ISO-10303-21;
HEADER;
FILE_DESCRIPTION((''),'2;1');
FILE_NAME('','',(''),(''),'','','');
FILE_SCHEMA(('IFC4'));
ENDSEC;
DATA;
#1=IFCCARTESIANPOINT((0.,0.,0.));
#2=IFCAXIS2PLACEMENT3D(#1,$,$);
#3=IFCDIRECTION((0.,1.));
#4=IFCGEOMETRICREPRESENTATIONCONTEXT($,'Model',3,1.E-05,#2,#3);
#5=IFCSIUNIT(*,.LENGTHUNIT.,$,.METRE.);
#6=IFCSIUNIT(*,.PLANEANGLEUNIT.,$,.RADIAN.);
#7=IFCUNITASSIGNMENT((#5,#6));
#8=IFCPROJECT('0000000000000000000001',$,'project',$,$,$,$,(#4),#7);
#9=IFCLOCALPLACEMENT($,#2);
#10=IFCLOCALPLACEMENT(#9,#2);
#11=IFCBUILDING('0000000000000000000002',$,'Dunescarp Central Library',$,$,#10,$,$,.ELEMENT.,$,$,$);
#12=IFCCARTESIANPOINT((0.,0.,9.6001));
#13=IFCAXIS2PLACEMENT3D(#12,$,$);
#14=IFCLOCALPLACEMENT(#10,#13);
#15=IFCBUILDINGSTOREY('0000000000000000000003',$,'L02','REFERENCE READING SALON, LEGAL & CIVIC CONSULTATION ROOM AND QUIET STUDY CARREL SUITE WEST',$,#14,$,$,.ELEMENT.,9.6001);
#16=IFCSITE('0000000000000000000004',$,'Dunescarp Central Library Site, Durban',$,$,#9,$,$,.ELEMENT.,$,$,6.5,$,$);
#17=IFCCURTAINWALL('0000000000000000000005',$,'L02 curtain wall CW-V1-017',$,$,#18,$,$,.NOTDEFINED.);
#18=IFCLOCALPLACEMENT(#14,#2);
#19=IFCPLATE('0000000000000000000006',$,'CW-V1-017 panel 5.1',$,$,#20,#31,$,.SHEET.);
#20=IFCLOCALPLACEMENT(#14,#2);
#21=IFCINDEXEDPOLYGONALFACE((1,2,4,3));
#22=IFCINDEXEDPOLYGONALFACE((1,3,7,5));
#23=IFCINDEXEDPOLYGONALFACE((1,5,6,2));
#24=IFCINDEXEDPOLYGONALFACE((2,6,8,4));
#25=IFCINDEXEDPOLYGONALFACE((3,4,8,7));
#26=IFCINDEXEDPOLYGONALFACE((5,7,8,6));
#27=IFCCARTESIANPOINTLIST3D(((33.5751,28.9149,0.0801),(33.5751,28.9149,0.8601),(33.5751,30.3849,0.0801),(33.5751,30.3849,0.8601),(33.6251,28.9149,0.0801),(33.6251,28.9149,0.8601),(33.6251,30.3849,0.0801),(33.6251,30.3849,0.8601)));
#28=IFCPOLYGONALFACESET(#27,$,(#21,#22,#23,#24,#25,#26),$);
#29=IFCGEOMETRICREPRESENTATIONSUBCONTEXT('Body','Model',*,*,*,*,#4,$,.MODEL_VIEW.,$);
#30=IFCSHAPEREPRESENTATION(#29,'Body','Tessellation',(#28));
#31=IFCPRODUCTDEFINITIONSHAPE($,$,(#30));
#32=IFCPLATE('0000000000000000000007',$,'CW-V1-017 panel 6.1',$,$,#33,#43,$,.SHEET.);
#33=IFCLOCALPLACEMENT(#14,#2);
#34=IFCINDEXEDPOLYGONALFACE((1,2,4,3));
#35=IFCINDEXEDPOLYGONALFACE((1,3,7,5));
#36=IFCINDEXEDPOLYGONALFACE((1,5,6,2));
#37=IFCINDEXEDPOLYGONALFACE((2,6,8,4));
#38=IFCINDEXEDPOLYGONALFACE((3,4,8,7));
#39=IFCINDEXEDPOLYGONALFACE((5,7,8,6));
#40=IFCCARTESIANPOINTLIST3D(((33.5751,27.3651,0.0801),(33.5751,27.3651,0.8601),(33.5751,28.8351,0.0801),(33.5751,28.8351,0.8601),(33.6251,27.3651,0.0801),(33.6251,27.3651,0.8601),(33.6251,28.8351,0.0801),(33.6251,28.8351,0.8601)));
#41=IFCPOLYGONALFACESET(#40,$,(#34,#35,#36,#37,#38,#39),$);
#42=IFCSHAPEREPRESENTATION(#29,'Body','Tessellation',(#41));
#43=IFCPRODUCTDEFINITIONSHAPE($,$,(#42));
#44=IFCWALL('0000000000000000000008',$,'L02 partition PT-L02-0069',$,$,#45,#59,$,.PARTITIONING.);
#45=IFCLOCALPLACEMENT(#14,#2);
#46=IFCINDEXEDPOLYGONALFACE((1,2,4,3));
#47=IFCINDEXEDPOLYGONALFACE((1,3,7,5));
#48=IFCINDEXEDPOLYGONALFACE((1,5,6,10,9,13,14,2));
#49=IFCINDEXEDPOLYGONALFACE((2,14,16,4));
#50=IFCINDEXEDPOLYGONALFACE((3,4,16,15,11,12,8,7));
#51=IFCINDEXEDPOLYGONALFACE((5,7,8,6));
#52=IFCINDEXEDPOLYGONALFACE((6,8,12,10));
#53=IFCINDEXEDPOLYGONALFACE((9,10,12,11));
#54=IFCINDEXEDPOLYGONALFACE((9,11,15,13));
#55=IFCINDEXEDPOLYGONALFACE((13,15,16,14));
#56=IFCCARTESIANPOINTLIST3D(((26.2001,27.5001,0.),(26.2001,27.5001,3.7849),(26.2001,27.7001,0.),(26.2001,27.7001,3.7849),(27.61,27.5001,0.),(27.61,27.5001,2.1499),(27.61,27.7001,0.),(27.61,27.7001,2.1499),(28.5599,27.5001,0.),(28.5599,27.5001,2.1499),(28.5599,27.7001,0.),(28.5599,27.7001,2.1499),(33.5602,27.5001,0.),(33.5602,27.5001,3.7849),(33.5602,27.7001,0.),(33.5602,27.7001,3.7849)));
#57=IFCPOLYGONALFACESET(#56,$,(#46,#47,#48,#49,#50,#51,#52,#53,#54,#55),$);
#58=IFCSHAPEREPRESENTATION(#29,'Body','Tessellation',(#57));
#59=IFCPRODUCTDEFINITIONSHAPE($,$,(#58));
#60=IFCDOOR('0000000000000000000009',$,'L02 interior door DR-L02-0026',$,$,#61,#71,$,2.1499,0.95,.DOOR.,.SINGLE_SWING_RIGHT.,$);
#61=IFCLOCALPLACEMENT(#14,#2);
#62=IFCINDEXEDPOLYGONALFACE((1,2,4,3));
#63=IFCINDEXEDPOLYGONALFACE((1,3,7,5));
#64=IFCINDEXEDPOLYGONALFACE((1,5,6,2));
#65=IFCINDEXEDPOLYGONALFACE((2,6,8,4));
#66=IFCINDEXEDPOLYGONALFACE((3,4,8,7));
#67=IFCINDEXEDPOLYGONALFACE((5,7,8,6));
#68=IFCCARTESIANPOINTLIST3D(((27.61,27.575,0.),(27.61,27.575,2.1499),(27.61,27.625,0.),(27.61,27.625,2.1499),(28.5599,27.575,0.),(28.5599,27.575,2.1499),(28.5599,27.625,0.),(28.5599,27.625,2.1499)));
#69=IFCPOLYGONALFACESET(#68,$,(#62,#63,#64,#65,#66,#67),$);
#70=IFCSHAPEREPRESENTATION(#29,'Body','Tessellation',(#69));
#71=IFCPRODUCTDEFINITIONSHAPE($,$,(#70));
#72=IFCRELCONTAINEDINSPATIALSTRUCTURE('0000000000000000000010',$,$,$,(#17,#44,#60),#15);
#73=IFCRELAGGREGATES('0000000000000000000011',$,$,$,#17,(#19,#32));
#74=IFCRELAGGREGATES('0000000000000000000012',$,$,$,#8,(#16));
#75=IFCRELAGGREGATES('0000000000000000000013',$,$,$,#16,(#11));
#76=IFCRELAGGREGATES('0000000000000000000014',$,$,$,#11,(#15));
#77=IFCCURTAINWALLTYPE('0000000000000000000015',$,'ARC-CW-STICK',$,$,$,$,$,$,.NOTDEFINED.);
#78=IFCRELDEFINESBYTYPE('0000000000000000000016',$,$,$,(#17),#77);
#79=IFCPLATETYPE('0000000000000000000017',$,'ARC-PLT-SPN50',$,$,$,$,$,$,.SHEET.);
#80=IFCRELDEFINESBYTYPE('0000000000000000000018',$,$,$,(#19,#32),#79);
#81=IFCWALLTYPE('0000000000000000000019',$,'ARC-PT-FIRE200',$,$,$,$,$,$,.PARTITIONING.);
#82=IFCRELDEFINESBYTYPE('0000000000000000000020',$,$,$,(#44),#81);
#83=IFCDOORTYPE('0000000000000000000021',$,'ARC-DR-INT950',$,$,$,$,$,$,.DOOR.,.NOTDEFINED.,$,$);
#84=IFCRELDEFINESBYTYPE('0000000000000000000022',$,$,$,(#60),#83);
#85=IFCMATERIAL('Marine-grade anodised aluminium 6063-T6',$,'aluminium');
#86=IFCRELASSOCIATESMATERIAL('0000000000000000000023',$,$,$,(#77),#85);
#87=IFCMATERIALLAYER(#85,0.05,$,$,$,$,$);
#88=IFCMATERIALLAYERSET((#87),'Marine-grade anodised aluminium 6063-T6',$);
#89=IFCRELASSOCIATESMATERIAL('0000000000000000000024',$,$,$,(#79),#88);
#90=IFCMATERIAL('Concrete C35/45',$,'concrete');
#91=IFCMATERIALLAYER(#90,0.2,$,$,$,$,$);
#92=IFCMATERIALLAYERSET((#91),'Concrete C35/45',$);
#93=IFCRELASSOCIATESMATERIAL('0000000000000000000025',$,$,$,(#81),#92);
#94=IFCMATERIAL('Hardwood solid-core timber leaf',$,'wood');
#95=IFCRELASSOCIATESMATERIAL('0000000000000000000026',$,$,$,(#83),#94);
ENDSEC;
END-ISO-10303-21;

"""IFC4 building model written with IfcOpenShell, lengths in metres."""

from ifc_helpers import new_model, si_unit, direction, frame, frame_2d, origin, origin_2d, place, context, subcontext, project, spatial, rectangle, extrude, material, layer, layer_set, type_object, element, fill, aggregate, save


model = new_model("IFC4")

# Units and contexts
model_context = context("Model", 3, precision=1e-05, world=origin(), true_north=direction((0.0, 1.0)))
body_context = subcontext(model_context, "Body", "Model", "MODEL_VIEW")
ifc_project = project(units=[si_unit("LENGTHUNIT", "METRE"), si_unit("PLANEANGLEUNIT", "RADIAN")], contexts=[model_context])

# Site, building, storey
site_placement = place(None, origin())
site = spatial("IfcSite", under=ifc_project, at=site_placement, Name="Dunescarp Central Library Site, Durban", CompositionType="ELEMENT", RefElevation=6.5)
building_placement = place(site_placement, origin())
building = spatial("IfcBuilding", under=site, at=building_placement, Name="Dunescarp Central Library", CompositionType="ELEMENT")
storey_placement = place(building_placement, frame((0.0, 0.0, 9.6001)))
storey = spatial("IfcBuildingStorey", under=building, at=storey_placement, Name="L02", Description="REFERENCE READING SALON, LEGAL & CIVIC CONSULTATION ROOM AND QUIET STUDY CARREL SUITE WEST", CompositionType="ELEMENT", Elevation=9.6001)

# Curtain wall
ifc_material_1 = material(Name="Marine-grade anodised aluminium 6063-T6", Category="aluminium")
curtain_wall_type = type_object("IfcCurtainWallType", Name="ARC-CW-STICK", PredefinedType="NOTDEFINED", material=ifc_material_1)
curtain_wall_placement = place(storey_placement, origin())
curtain_wall = element("IfcCurtainWall", 1, at=curtain_wall_placement, inside=storey, type_object=curtain_wall_type, Name="L02 curtain wall CW-V1-017", PredefinedType="NOTDEFINED")

# Plates
ifc_layer_1 = layer(ifc_material_1, 0.05)
ifc_layer_set_1 = layer_set([ifc_layer_1], Name="Marine-grade anodised aluminium 6063-T6")
plate_type_1 = type_object("IfcPlateType", Name="ARC-PLT-SPN50", PredefinedType="SHEET", material=ifc_layer_set_1)
plate_1_placement = place(storey_placement, frame((33.6001, 29.6499, 0.0801), z_axis=(0.0, 0.0, 1.0), x_axis=(0.0, -1.0, 0.0)))
plate_1 = element("IfcPlate", 2, at=plate_1_placement, type_object=plate_type_1, Name="CW-V1-017 panel 5.1", PredefinedType="SHEET", context=body_context, shape_type="SweptSolid", body=[
    extrude(rectangle(XDim=1.47, YDim=0.05, at=origin_2d()), origin(), (0.0, 0.0, 1.0), 0.78),
])
plate_2_placement = place(storey_placement, frame((33.6001, 28.1001, 0.0801), z_axis=(0.0, 0.0, 1.0), x_axis=(0.0, -1.0, 0.0)))
plate_2 = element("IfcPlate", 3, at=plate_2_placement, type_object=plate_type_1, Name="CW-V1-017 panel 6.1", PredefinedType="SHEET", context=body_context, shape_type="SweptSolid", body=[
    extrude(rectangle(XDim=1.47, YDim=0.05, at=origin_2d()), origin(), (0.0, 0.0, 1.0), 0.78),
])
aggregate(curtain_wall, [plate_1, plate_2])

# Wall, opening, door
ifc_material_2 = material(Name="Concrete C35/45", Category="concrete")
ifc_layer_2 = layer(ifc_material_2, 0.2)
ifc_layer_set_2 = layer_set([ifc_layer_2], Name="Concrete C35/45")
wall_type = type_object("IfcWallType", Name="ARC-PT-FIRE200", PredefinedType="PARTITIONING", material=ifc_layer_set_2)
wall_placement = place(storey_placement, frame((26.2, 27.6001, 0.0), z_axis=(0.0, 0.0, 1.0), x_axis=(1.0, 0.0, 0.0)))
wall = element("IfcWall", 4, at=wall_placement, inside=storey, type_object=wall_type, Name="L02 partition PT-L02-0069", PredefinedType="PARTITIONING", context=body_context, shape_type="SweptSolid", body=[
    extrude(rectangle(XDim=7.3601, YDim=0.2, at=frame_2d((3.6802, 0.0))), origin(), (0.0, 0.0, 1.0), 3.7849),
])
opening_placement = place(wall_placement, frame((1.4099, 0.0, 0.0)))
opening = element("IfcOpeningElement", 5, at=opening_placement, cuts=wall, PredefinedType="OPENING", context=body_context, shape_type="SweptSolid", body=[
    extrude(rectangle(XDim=0.95, YDim=2.1499, at=frame_2d((0.4751, 1.075))), frame((0.0, 0.1099, 0.0), z_axis=(0.0, -1.0, 0.0), x_axis=(1.0, 0.0, 0.0)), (0.0, 0.0, 1.0), 0.22),
])
ifc_material_3 = material(Name="Hardwood solid-core timber leaf", Category="wood")
door_type = type_object("IfcDoorType", Name="ARC-DR-INT950", OperationType="NOTDEFINED", PredefinedType="DOOR", material=ifc_material_3)
door_placement = place(opening_placement, origin())
door = element("IfcDoor", 6, at=door_placement, inside=storey, type_object=door_type, Name="L02 interior door DR-L02-0026", OperationType="SINGLE_SWING_RIGHT", OverallHeight=2.1499, OverallWidth=0.95, PredefinedType="DOOR", context=body_context, shape_type="SweptSolid", body=[
    extrude(rectangle(XDim=0.95, YDim=2.1499, at=frame_2d((0.4751, 1.075))), frame((0.0, 0.0249, 0.0), z_axis=(0.0, -1.0, 0.0), x_axis=(1.0, 0.0, 0.0)), (0.0, 0.0, 1.0), 0.05),
])
fill(opening, door)

save(model, "model.ifc")
